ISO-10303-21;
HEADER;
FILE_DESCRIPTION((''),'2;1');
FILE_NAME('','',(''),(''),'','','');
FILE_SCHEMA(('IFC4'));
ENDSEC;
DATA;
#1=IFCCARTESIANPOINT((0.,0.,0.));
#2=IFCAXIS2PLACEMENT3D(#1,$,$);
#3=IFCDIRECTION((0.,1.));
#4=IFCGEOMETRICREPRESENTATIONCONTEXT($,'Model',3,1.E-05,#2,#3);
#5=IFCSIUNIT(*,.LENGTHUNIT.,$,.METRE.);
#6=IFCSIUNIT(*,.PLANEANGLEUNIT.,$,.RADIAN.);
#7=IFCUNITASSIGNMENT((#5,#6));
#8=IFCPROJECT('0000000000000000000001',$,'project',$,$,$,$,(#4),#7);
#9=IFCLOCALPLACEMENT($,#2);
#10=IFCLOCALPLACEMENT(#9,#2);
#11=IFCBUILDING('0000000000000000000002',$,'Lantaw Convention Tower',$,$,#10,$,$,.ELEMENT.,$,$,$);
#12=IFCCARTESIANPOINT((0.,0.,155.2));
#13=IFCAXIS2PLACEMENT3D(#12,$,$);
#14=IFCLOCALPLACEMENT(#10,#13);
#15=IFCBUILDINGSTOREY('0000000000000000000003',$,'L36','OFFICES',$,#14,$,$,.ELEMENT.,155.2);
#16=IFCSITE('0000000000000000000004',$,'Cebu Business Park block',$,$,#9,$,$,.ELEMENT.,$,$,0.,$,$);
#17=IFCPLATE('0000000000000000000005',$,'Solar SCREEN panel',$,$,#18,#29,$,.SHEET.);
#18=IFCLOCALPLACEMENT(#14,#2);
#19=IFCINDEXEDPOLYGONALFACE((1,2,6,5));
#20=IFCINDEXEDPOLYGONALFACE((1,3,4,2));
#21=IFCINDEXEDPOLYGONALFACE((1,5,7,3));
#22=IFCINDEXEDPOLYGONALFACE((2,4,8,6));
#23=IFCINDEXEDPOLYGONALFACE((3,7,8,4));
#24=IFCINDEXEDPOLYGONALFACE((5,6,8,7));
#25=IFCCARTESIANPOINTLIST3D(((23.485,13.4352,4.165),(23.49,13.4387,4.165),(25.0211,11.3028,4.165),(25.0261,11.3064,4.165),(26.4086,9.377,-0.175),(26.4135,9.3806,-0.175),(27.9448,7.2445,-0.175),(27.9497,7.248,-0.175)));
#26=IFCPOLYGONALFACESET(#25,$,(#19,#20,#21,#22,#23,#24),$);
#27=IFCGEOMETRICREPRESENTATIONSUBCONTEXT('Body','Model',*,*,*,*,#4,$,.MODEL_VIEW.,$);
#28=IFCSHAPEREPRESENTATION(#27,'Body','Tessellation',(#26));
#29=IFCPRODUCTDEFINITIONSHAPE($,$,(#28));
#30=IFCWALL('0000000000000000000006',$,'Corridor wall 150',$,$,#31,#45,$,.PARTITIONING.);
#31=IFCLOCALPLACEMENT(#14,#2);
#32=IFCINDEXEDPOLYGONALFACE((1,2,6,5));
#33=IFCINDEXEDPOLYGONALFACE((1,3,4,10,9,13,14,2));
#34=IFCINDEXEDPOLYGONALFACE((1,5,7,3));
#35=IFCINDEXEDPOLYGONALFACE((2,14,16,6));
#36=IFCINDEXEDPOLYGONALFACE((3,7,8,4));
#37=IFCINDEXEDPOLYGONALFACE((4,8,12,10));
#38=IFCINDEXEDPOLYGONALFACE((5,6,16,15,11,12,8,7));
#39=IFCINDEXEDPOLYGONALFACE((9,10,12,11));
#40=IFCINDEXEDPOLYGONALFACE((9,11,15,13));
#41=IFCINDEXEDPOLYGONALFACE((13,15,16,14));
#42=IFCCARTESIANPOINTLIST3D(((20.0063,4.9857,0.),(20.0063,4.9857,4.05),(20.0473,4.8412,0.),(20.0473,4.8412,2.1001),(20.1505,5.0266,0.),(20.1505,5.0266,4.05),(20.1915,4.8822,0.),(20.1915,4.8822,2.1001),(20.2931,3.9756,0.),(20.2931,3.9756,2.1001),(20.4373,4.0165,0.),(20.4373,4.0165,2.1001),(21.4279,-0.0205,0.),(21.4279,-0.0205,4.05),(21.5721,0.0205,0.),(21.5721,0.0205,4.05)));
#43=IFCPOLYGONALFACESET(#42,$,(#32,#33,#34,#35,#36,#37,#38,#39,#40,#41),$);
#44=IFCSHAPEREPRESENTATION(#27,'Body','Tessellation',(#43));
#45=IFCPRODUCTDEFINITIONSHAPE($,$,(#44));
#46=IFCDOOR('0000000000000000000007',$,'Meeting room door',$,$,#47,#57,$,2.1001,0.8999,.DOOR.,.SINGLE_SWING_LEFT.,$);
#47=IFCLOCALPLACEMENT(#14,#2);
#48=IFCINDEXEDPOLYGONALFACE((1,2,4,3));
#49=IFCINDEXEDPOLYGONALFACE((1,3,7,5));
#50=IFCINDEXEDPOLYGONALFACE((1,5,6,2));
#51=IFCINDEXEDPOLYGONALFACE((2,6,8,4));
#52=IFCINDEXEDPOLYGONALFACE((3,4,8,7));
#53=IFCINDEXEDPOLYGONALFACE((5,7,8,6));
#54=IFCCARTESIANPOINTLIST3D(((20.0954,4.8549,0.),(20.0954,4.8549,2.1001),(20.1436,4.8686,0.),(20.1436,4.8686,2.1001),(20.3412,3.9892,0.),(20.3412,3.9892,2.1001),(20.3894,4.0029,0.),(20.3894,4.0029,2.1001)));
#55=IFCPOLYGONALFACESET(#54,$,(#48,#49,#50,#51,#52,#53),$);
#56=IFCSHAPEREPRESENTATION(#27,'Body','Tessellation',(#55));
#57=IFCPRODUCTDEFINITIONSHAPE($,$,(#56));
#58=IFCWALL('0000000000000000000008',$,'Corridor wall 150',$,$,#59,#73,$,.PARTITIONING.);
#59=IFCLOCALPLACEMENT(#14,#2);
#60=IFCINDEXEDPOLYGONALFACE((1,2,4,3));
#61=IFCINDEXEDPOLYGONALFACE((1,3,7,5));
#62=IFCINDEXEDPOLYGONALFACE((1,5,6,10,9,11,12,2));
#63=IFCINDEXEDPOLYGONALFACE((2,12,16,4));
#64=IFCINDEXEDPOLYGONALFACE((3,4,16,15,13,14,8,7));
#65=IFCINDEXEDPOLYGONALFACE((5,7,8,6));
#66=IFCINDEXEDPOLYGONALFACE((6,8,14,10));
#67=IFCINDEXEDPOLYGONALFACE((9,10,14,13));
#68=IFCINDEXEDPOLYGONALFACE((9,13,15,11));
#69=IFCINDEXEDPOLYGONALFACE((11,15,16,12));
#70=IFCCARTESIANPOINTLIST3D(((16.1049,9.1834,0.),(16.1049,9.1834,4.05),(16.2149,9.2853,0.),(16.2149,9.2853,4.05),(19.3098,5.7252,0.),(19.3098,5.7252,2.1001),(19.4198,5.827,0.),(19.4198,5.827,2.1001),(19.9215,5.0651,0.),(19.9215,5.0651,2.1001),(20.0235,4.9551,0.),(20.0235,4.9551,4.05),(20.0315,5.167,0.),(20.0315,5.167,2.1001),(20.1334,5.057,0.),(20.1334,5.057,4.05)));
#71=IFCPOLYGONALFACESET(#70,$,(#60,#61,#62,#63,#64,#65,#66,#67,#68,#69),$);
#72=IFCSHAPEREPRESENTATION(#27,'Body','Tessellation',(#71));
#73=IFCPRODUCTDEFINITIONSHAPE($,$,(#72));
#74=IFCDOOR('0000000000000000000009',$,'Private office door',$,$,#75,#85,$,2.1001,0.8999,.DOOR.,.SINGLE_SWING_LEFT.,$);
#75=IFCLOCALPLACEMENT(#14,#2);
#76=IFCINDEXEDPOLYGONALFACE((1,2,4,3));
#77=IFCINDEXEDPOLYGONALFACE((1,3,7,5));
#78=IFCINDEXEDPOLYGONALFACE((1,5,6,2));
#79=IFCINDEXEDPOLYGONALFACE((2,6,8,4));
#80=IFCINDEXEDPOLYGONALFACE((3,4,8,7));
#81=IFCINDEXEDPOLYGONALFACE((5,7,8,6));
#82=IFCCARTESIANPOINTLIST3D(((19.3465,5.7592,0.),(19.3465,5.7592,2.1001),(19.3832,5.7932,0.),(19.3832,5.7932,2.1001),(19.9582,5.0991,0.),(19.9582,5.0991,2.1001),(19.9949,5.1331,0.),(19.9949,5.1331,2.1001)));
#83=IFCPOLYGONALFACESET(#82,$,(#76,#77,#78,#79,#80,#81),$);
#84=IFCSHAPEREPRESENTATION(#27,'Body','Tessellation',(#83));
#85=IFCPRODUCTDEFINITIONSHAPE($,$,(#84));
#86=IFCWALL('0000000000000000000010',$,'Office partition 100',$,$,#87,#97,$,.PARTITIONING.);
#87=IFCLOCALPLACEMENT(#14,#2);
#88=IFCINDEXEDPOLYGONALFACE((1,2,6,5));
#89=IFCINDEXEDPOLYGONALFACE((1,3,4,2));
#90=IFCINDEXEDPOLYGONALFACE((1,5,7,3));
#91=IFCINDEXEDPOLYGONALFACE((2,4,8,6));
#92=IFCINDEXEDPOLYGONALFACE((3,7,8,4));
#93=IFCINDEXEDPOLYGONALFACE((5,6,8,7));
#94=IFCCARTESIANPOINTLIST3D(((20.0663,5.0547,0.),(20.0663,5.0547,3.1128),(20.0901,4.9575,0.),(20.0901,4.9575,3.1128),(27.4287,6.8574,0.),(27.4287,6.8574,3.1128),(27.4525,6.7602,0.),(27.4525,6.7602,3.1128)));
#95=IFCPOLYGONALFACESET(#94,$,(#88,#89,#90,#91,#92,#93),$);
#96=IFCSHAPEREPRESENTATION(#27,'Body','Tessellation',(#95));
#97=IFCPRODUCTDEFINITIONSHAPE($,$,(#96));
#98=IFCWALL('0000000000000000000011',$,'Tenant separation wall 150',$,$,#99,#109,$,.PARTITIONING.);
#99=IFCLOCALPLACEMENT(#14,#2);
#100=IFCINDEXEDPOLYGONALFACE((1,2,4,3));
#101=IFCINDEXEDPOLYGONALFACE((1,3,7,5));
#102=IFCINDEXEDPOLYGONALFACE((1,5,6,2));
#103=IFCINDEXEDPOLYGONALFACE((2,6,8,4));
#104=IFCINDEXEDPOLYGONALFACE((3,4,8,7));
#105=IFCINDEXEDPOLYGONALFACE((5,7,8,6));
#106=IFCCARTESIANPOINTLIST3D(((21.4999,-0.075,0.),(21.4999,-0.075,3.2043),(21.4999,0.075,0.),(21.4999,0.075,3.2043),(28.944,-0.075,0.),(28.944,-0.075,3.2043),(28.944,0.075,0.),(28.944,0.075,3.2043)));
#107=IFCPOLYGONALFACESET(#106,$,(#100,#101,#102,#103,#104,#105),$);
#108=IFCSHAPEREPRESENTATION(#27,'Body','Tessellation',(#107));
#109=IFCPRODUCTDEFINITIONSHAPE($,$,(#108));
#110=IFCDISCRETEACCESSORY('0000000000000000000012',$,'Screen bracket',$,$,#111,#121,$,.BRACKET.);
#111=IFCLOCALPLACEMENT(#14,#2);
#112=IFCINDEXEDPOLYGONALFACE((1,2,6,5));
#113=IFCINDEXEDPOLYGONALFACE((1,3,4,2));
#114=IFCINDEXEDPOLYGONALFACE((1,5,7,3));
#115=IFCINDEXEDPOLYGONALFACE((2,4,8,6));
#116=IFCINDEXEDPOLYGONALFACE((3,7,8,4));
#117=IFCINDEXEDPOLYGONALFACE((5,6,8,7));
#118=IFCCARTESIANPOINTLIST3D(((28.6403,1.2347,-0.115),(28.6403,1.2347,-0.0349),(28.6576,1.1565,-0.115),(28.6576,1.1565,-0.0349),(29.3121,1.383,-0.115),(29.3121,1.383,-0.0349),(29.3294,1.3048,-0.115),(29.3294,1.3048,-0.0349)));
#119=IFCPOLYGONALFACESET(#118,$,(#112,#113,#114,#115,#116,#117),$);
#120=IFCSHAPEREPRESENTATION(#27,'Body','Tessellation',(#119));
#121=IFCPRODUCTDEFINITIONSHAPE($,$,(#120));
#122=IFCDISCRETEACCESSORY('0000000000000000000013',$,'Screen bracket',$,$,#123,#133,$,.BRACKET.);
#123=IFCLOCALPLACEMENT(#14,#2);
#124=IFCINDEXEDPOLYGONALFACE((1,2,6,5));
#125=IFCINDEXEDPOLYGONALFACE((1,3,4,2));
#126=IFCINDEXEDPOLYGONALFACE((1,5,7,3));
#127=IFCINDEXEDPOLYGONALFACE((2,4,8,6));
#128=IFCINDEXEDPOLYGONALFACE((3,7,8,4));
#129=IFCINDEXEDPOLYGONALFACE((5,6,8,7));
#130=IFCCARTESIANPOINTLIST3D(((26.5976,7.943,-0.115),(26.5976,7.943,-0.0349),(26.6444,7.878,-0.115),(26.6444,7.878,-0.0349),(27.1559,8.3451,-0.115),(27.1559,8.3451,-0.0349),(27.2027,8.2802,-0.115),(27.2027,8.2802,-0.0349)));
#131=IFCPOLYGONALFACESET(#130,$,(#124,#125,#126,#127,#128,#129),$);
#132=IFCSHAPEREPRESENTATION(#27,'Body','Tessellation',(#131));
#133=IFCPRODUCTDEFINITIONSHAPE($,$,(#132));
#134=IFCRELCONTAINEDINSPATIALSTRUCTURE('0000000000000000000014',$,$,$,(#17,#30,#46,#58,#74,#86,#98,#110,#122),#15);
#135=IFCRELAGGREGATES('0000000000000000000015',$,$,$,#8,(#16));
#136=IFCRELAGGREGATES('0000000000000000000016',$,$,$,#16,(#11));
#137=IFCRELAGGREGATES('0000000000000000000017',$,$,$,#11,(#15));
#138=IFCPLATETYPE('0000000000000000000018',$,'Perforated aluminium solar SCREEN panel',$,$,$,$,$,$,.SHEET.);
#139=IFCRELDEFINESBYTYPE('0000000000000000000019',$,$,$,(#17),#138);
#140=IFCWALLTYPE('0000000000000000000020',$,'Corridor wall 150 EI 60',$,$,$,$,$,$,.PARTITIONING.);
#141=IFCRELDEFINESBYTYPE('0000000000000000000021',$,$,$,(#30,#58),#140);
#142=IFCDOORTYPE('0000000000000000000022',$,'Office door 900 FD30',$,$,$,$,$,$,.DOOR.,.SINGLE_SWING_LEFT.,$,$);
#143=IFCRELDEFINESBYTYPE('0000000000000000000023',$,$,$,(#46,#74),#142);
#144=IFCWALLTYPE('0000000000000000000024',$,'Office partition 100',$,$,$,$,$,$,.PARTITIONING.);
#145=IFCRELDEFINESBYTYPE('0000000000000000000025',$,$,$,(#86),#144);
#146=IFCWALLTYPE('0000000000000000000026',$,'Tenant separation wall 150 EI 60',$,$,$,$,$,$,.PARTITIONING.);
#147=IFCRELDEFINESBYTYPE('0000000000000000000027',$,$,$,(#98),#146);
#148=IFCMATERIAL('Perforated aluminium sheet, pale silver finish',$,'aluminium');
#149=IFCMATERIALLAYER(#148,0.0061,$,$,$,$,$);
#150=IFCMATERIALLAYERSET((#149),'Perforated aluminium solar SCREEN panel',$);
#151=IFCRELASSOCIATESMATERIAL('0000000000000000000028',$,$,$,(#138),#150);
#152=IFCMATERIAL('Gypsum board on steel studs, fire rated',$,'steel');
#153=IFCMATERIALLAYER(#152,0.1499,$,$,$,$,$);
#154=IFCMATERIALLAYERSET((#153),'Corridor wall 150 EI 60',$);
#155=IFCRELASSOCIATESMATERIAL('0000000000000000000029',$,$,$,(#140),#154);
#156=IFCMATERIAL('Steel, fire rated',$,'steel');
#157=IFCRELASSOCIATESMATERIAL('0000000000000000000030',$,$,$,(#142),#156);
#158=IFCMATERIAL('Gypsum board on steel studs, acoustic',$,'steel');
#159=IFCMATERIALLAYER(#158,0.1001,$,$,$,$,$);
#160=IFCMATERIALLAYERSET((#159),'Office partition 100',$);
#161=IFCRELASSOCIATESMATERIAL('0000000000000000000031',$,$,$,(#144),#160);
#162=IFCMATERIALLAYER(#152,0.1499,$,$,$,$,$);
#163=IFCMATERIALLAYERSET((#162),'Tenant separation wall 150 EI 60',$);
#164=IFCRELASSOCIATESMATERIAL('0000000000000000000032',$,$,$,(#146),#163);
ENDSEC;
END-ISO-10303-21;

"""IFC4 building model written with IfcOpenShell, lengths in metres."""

from ifc_helpers import new_model, si_unit, direction, frame, frame_2d, origin, origin_2d, place, context, subcontext, project, spatial, polyline, rectangle, outline, extrude, material, layer, layer_set, type_object, element, fill, save


model = new_model("IFC4")

# Units and contexts
model_context = context("Model", 3, precision=1e-05, world=origin(), true_north=direction((0.0, 1.0)))
body_context = subcontext(model_context, "Body", "Model", "MODEL_VIEW")
ifc_project = project(units=[si_unit("LENGTHUNIT", "METRE"), si_unit("PLANEANGLEUNIT", "RADIAN")], contexts=[model_context])

# Site, building, storey
site_placement = place(None, origin())
site = spatial("IfcSite", under=ifc_project, at=site_placement, Name="Cebu Business Park block", CompositionType="ELEMENT", RefElevation=0.0)
building_placement = place(site_placement, origin())
building = spatial("IfcBuilding", under=site, at=building_placement, Name="Lantaw Convention Tower", CompositionType="ELEMENT")
storey_placement = place(building_placement, frame((0.0, 0.0, 155.2)))
storey = spatial("IfcBuildingStorey", under=building, at=storey_placement, Name="L36", Description="OFFICES", CompositionType="ELEMENT", Elevation=155.2)

# Plate
ifc_material_1 = material(Name="Perforated aluminium sheet, pale silver finish", Category="aluminium")
ifc_layer_1 = layer(ifc_material_1, 0.0061)
ifc_layer_set_1 = layer_set([ifc_layer_1], Name="Perforated aluminium solar SCREEN panel")
plate_type_1 = type_object("IfcPlateType", Name="Perforated aluminium solar SCREEN panel", PredefinedType="SHEET", material=ifc_layer_set_1)
plate_1_placement = place(storey_placement, frame((27.9497, 7.248, -0.175), z_axis=(0.811395, 0.584498, 0.000036), x_axis=(-0.584498, 0.811395, 0.0)))
element("IfcPlate", 1, at=plate_1_placement, inside=storey, type_object=plate_type_1, Name="Solar SCREEN panel", PredefinedType="SHEET", context=body_context, shape_type="SweptSolid", body=[
    extrude(outline(polyline([(0.0, 0.0), (2.6282, 0.0), (7.6298, 4.3401), (5.0018, 4.3401), (0.0, 0.0)])), origin(), (0.0, 0.0, -1.0), 0.0061),
])

# Walls, openings, doors
ifc_material_2 = material(Name="Gypsum board on steel studs, fire rated", Category="steel")
ifc_layer_2 = layer(ifc_material_2, 0.1499)
ifc_layer_set_2 = layer_set([ifc_layer_2], Name="Corridor wall 150 EI 60")
wall_type_1 = type_object("IfcWallType", Name="Corridor wall 150 EI 60", PredefinedType="PARTITIONING", material=ifc_layer_set_2)
wall_1_placement = place(storey_placement, frame((21.5, 0.0, 0.0), z_axis=(0.0, 0.0, 1.0), x_axis=(-0.273178, 0.961964, 0.0)))
wall_1 = element("IfcWall", 2, at=wall_1_placement, inside=storey, type_object=wall_type_1, Name="Corridor wall 150", PredefinedType="PARTITIONING", context=body_context, shape_type="SweptSolid", body=[
    extrude(rectangle(XDim=5.2041, YDim=0.1499, at=frame_2d((2.6021, 0.0))), origin(), (0.0, 0.0, 1.0), 4.05),
])
opening_1_placement = place(wall_1_placement, frame((4.1541, 0.0, 0.0)))
opening_1 = element("IfcOpeningElement", 3, at=opening_1_placement, cuts=wall_1, PredefinedType="OPENING", context=body_context, shape_type="SweptSolid", body=[
    extrude(rectangle(XDim=0.8999, YDim=2.1001, at=frame_2d((0.45, 1.05))), frame((0.0, 0.085, 0.0), z_axis=(0.0, -1.0, 0.0), x_axis=(1.0, 0.0, 0.0)), (0.0, 0.0, 1.0), 0.1699),
])
ifc_material_3 = material(Name="Steel, fire rated", Category="steel")
door_type = type_object("IfcDoorType", Name="Office door 900 FD30", OperationType="SINGLE_SWING_LEFT", PredefinedType="DOOR", material=ifc_material_3)
door_1_placement = place(opening_1_placement, origin())
door_1 = element("IfcDoor", 4, at=door_1_placement, inside=storey, type_object=door_type, Name="Meeting room door", OperationType="SINGLE_SWING_LEFT", OverallHeight=2.1001, OverallWidth=0.8999, PredefinedType="DOOR", context=body_context, shape_type="SweptSolid", body=[
    extrude(rectangle(XDim=0.8999, YDim=2.1001, at=frame_2d((0.45, 1.05))), frame((0.0, 0.0249, 0.0), z_axis=(0.0, -1.0, 0.0), x_axis=(1.0, 0.0, 0.0)), (0.0, 0.0, 1.0), 0.05),
])
fill(opening_1, door_1)
wall_2_placement = place(storey_placement, frame((20.0784, 5.0061, 0.0), z_axis=(0.0, 0.0, 1.0), x_axis=(-0.679725, 0.733467, 0.0)))
wall_2 = element("IfcWall", 5, at=wall_2_placement, inside=storey, type_object=wall_type_1, Name="Corridor wall 150", PredefinedType="PARTITIONING", context=body_context, shape_type="SweptSolid", body=[
    extrude(rectangle(XDim=5.7649, YDim=0.1499, at=frame_2d((2.8823, 0.0))), origin(), (0.0, 0.0, 1.0), 4.05),
])
opening_2_placement = place(wall_2_placement, frame((0.1499, 0.0, 0.0)))
opening_2 = element("IfcOpeningElement", 6, at=opening_2_placement, cuts=wall_2, PredefinedType="OPENING", context=body_context, shape_type="SweptSolid", body=[
    extrude(rectangle(XDim=0.8999, YDim=2.1001, at=frame_2d((0.45, 1.05))), frame((0.0, 0.085, 0.0), z_axis=(0.0, -1.0, 0.0), x_axis=(1.0, 0.0, 0.0)), (0.0, 0.0, 1.0), 0.1699),
])
door_2_placement = place(opening_2_placement, origin())
door_2 = element("IfcDoor", 7, at=door_2_placement, inside=storey, type_object=door_type, Name="Private office door", OperationType="SINGLE_SWING_LEFT", OverallHeight=2.1001, OverallWidth=0.8999, PredefinedType="DOOR", context=body_context, shape_type="SweptSolid", body=[
    extrude(rectangle(XDim=0.8999, YDim=2.1001, at=frame_2d((0.45, 1.05))), frame((0.0, 0.0249, 0.0), z_axis=(0.0, -1.0, 0.0), x_axis=(1.0, 0.0, 0.0)), (0.0, 0.0, 1.0), 0.05),
])
fill(opening_2, door_2)

# Walls
ifc_material_4 = material(Name="Gypsum board on steel studs, acoustic", Category="steel")
ifc_layer_3 = layer(ifc_material_4, 0.1001)
ifc_layer_set_3 = layer_set([ifc_layer_3], Name="Office partition 100")
wall_type_2 = type_object("IfcWallType", Name="Office partition 100", PredefinedType="PARTITIONING", material=ifc_layer_set_3)
wall_3_placement = place(storey_placement, frame((27.4407, 6.8088, 0.0), z_axis=(0.0, 0.0, 1.0), x_axis=(-0.971306, -0.237834, 0.0)))
element("IfcWall", 8, at=wall_3_placement, inside=storey, type_object=wall_type_2, Name="Office partition 100", PredefinedType="PARTITIONING", context=body_context, shape_type="SweptSolid", body=[
    extrude(rectangle(XDim=7.5798, YDim=0.1001, at=frame_2d((3.79, 0.0))), origin(), (0.0, 0.0, 1.0), 3.1128),
])
ifc_layer_4 = layer(ifc_material_2, 0.1499)
ifc_layer_set_4 = layer_set([ifc_layer_4], Name="Tenant separation wall 150 EI 60")
wall_type_3 = type_object("IfcWallType", Name="Tenant separation wall 150 EI 60", PredefinedType="PARTITIONING", material=ifc_layer_set_4)
wall_4_placement = place(storey_placement, frame((28.9441, 0.0, 0.0), z_axis=(0.0, 0.0, 1.0), x_axis=(-1.0, 0.0, 0.0)))
element("IfcWall", 9, at=wall_4_placement, inside=storey, type_object=wall_type_3, Name="Tenant separation wall 150", PredefinedType="PARTITIONING", context=body_context, shape_type="SweptSolid", body=[
    extrude(rectangle(XDim=7.4441, YDim=0.1499, at=frame_2d((3.7222, 0.0))), origin(), (0.0, 0.0, 1.0), 3.2043),
])

# Discrete accessories
for number, where, z_axis, x_axis, name in (
    (10, (28.9849, 1.2698, -0.115), (0.0, 0.0, 1.0), (-0.215546, 0.976494, 0.0), "Screen bracket"),
    (11, (26.9001, 8.1116, -0.115), (0.0, 0.0, 1.0), (-0.584513, 0.811385, 0.0), "Screen bracket"),
):
    element("IfcDiscreteAccessory", number, at=place(storey_placement, frame(where, z_axis=z_axis, x_axis=x_axis)), inside=storey, Name=name, PredefinedType="BRACKET", context=body_context, shape_type="SweptSolid", body=[
        extrude(rectangle(XDim=0.0801, YDim=0.688, at=origin_2d()), origin(), (0.0, 0.0, 1.0), 0.0801),
    ])

save(model, "model.ifc")
